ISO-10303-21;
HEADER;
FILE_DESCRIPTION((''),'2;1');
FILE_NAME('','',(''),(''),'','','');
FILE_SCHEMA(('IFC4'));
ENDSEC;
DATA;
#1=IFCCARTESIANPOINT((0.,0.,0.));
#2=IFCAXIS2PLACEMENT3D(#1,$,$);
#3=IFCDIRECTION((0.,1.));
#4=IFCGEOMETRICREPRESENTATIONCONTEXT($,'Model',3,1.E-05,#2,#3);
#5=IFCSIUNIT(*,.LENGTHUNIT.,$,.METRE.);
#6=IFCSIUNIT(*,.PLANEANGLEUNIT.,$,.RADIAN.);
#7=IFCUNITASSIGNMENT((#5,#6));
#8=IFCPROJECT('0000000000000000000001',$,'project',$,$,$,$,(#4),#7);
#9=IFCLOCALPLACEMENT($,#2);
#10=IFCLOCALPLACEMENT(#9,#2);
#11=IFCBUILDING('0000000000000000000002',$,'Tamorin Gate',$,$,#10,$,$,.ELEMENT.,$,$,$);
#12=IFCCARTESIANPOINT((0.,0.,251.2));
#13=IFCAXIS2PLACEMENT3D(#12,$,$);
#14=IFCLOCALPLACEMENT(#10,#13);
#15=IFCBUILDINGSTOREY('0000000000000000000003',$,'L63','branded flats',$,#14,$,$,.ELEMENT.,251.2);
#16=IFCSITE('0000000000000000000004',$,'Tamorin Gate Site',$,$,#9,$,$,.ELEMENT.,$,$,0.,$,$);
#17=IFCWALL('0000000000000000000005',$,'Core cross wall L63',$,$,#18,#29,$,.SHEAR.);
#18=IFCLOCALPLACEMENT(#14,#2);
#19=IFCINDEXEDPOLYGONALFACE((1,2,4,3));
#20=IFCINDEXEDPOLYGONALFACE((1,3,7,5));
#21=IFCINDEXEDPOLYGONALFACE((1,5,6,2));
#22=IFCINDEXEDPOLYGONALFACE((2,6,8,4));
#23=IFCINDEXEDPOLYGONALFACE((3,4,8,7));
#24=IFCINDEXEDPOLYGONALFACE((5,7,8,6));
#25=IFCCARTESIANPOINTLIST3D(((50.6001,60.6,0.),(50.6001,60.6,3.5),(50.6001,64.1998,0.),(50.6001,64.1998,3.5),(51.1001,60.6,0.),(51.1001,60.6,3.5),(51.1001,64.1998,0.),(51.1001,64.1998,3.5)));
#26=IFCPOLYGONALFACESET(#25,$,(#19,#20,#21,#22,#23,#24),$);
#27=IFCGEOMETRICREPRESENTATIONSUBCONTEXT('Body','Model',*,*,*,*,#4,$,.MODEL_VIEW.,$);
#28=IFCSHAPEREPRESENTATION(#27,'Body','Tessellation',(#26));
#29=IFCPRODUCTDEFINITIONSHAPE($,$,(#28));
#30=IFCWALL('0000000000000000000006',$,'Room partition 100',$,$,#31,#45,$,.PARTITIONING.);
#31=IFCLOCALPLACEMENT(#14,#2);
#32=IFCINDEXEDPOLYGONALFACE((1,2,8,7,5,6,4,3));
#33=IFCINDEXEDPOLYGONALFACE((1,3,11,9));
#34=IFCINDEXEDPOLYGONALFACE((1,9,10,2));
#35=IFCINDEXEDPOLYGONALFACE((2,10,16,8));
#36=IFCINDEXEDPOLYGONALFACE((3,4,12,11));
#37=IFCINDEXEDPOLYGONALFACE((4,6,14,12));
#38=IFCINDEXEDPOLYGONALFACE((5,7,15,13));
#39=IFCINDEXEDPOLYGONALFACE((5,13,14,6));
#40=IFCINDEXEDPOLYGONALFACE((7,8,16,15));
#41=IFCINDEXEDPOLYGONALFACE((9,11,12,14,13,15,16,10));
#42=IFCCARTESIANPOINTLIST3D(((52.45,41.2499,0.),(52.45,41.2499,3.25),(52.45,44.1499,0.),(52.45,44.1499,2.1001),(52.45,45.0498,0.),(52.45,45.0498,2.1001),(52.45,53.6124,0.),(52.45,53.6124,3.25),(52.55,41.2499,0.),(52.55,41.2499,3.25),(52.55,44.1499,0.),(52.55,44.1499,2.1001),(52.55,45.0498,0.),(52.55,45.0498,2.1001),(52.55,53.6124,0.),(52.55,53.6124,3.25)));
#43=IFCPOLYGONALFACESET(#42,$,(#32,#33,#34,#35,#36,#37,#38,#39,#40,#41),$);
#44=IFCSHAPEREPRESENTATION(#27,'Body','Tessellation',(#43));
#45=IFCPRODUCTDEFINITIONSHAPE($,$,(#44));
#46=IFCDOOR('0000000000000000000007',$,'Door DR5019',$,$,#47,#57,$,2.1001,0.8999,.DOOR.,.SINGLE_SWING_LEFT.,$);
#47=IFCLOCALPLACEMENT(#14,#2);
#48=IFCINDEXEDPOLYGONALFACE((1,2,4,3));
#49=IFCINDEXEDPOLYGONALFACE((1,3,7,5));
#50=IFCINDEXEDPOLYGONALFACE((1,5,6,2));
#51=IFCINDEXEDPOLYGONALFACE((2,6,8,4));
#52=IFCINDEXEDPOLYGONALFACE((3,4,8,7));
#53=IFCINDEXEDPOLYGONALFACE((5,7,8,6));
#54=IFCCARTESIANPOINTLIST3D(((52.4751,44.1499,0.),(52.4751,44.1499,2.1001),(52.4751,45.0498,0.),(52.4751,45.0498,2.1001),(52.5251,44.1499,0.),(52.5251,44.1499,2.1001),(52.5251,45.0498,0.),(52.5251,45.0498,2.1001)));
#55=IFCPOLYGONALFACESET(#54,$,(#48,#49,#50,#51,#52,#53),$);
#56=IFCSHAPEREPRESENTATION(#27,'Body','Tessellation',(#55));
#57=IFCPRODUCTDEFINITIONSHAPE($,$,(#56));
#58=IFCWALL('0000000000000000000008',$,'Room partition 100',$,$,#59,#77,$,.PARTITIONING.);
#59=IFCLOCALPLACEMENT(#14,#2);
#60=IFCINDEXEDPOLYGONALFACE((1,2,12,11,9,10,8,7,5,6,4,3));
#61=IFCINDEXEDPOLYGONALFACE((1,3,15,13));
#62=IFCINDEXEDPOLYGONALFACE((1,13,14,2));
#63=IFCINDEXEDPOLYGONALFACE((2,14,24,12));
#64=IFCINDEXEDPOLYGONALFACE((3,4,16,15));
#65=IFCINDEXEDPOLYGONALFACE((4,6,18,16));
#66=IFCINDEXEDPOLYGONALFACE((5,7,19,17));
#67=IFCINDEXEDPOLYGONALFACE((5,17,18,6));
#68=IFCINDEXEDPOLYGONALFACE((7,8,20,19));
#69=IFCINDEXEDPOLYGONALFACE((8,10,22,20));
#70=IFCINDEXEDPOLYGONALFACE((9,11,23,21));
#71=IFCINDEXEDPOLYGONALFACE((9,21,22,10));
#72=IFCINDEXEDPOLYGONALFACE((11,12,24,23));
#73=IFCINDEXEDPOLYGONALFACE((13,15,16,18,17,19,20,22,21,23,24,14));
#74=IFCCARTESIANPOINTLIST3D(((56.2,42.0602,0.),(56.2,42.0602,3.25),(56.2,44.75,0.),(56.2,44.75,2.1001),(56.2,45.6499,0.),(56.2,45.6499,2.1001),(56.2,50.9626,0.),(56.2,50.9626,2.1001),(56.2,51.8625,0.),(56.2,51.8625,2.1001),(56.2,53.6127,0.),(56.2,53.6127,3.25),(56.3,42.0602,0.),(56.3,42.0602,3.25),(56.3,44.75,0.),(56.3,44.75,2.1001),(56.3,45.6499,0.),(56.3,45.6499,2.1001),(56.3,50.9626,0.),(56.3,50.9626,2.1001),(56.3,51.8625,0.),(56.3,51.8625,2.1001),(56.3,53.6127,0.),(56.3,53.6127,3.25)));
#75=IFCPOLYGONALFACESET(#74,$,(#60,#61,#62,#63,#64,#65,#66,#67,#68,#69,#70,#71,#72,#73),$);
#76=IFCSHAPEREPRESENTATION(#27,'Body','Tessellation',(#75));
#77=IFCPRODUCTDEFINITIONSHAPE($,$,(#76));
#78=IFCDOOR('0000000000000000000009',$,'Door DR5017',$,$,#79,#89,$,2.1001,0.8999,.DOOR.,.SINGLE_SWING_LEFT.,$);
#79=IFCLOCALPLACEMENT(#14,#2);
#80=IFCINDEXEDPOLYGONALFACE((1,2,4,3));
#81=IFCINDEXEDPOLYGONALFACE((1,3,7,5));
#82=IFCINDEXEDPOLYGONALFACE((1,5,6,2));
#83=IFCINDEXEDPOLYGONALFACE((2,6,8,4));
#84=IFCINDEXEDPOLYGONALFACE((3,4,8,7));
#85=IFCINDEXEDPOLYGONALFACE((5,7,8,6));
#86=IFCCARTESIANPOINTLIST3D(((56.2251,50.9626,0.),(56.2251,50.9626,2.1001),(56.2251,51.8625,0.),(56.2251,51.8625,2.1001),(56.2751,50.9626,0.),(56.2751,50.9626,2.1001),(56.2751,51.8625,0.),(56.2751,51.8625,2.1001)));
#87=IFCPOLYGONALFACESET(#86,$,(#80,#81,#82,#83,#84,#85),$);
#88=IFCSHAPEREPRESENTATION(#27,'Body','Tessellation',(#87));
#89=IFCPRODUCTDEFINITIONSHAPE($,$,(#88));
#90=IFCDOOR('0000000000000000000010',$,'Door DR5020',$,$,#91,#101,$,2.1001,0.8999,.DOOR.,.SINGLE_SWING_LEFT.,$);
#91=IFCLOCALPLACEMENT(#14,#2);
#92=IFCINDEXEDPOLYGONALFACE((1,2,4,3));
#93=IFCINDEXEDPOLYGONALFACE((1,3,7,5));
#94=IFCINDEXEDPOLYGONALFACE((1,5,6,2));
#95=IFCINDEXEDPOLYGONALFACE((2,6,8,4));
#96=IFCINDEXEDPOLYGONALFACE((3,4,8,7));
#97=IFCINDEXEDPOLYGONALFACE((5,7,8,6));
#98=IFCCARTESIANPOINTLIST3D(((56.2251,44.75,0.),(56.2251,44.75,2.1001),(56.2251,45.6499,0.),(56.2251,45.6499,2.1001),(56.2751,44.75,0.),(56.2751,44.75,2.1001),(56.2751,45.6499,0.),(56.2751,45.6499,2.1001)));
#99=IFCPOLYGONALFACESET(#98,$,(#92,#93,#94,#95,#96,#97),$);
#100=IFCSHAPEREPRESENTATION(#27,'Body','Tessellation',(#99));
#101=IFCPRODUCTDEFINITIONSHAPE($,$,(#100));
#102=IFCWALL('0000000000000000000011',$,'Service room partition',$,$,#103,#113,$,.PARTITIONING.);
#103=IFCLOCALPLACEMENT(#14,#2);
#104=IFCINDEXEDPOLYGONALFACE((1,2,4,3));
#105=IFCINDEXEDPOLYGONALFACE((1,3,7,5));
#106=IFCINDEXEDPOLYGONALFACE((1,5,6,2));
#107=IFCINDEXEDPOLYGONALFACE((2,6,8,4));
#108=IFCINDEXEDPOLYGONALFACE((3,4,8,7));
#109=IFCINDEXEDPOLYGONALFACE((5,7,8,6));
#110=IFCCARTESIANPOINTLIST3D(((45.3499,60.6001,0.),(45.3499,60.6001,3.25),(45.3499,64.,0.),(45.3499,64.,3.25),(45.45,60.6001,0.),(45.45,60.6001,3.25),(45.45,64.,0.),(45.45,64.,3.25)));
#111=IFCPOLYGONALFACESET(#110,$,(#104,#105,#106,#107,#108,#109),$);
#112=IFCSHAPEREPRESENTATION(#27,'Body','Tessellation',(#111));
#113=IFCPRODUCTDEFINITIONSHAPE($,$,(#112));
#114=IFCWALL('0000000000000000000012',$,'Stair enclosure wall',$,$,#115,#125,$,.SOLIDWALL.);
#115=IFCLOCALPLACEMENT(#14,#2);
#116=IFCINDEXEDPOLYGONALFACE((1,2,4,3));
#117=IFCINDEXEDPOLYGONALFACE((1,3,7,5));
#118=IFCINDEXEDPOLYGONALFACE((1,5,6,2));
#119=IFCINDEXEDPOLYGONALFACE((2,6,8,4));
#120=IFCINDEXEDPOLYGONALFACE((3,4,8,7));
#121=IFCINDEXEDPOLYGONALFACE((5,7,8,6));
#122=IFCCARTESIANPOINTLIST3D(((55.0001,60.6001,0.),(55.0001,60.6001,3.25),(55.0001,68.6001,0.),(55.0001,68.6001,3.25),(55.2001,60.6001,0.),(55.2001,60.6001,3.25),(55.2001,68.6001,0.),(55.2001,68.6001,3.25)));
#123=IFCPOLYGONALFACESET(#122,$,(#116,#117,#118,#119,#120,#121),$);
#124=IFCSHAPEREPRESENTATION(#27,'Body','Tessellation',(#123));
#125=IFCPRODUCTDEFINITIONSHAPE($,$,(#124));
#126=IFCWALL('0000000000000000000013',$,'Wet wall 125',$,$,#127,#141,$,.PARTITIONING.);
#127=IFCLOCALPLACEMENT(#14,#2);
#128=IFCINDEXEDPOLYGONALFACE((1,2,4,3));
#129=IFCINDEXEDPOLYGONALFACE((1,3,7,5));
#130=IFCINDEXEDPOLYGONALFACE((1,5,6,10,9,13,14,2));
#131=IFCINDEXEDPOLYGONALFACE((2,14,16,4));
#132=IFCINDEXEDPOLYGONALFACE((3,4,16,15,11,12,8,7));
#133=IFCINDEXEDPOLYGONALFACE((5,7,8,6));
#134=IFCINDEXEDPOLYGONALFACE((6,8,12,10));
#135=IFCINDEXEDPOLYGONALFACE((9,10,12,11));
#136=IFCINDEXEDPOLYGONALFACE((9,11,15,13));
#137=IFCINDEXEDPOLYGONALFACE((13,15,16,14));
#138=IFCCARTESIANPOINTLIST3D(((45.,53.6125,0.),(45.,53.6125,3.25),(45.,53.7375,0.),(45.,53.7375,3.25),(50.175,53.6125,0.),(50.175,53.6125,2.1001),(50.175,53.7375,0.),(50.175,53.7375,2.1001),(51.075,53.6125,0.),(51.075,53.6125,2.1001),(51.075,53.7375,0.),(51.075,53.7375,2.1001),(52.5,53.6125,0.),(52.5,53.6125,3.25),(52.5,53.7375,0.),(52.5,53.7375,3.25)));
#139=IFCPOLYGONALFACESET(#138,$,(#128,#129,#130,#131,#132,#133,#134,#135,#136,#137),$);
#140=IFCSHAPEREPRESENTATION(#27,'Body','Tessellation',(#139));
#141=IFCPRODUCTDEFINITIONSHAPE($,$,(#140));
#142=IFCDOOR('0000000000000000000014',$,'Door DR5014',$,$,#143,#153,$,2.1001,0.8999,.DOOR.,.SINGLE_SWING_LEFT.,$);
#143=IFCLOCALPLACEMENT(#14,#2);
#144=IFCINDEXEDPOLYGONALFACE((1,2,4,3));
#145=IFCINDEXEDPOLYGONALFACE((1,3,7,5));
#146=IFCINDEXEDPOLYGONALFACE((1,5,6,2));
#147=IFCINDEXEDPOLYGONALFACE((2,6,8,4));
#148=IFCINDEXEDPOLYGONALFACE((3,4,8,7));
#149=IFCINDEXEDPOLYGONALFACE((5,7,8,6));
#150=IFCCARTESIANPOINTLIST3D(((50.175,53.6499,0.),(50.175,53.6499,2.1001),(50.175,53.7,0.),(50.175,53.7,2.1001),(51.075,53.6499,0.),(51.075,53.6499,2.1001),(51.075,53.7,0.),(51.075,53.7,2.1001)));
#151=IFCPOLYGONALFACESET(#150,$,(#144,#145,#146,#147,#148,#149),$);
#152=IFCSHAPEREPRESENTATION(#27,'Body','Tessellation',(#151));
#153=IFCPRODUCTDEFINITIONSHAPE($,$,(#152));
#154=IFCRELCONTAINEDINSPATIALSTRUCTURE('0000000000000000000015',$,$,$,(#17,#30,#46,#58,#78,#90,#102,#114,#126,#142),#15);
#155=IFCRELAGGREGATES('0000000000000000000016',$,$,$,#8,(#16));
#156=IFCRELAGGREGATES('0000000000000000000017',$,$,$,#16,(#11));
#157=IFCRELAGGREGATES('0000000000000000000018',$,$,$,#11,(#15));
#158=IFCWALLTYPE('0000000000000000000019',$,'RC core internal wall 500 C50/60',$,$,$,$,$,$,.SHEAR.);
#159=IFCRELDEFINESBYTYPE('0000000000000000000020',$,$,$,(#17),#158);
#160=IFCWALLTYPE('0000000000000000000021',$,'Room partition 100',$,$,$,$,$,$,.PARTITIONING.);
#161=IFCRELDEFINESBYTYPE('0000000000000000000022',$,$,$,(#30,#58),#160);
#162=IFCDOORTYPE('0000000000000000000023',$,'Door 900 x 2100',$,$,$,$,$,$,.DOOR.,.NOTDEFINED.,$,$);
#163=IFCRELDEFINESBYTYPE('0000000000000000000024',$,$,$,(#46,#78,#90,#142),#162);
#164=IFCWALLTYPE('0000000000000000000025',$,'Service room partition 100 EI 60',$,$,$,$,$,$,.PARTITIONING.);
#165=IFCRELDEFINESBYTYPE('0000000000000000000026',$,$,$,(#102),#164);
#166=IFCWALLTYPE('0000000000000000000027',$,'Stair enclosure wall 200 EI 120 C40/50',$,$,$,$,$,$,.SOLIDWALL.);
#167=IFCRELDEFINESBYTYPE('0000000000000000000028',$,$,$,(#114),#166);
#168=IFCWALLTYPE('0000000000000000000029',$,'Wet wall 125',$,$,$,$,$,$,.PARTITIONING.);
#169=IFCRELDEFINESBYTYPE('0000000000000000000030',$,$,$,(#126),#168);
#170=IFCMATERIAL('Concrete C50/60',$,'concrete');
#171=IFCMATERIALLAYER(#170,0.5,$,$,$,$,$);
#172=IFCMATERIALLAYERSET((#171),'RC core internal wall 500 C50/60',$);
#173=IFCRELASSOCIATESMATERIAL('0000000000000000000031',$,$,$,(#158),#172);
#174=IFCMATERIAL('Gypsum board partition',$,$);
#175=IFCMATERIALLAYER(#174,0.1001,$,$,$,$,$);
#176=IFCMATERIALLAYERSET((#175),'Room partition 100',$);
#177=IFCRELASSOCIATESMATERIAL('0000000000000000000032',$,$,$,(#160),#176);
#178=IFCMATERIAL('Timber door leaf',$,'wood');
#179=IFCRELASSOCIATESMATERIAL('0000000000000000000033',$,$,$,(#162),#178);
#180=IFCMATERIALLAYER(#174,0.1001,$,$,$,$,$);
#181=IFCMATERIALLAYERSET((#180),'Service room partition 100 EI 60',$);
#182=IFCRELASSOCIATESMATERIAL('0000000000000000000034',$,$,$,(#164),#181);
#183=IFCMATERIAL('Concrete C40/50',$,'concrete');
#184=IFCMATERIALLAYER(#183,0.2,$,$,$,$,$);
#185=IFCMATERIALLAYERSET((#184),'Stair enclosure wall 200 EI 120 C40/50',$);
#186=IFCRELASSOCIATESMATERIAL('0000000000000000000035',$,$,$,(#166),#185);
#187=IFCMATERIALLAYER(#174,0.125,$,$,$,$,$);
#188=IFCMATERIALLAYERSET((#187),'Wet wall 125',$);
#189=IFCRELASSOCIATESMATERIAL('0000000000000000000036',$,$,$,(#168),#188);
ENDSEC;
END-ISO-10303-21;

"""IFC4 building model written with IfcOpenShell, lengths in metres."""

from ifc_helpers import new_model, si_unit, direction, frame, frame_2d, origin, place, context, subcontext, project, spatial, rectangle, extrude, material, layer, layer_set, type_object, element, fill, save


model = new_model("IFC4")

# Units and contexts
model_context = context("Model", 3, precision=1e-05, world=origin(), true_north=direction((0.0, 1.0)))
body_context = subcontext(model_context, "Body", "Model", "MODEL_VIEW")
ifc_project = project(units=[si_unit("LENGTHUNIT", "METRE"), si_unit("PLANEANGLEUNIT", "RADIAN")], contexts=[model_context])

# Site, building, storey
site_placement = place(None, origin())
site = spatial("IfcSite", under=ifc_project, at=site_placement, Name="Tamorin Gate Site", CompositionType="ELEMENT", RefElevation=0.0)
building_placement = place(site_placement, origin())
building = spatial("IfcBuilding", under=site, at=building_placement, Name="Tamorin Gate", CompositionType="ELEMENT")
storey_placement = place(building_placement, frame((0.0, 0.0, 251.2)))
storey = spatial("IfcBuildingStorey", under=building, at=storey_placement, Name="L63", Description="branded flats", CompositionType="ELEMENT", Elevation=251.2)

# Shared definitions
ifc_material_1 = material(Name="Concrete C50/60", Category="concrete")

# Wall
ifc_material_2 = material(Name="Gypsum board partition")
ifc_layer_1 = layer(ifc_material_1, 0.5)
ifc_layer_set_1 = layer_set([ifc_layer_1], Name="RC core internal wall 500 C50/60")
wall_type_1 = type_object("IfcWallType", Name="RC core internal wall 500 C50/60", PredefinedType="SHEAR", material=ifc_layer_set_1)
wall_1_placement = place(storey_placement, frame((50.8501, 60.6001, 0.0), z_axis=(0.0, 0.0, 1.0), x_axis=(0.0, 1.0, 0.0)))
element("IfcWall", 1, at=wall_1_placement, inside=storey, type_object=wall_type_1, Name="Core cross wall L63", PredefinedType="SHEAR", context=body_context, shape_type="SweptSolid", body=[
    extrude(rectangle(XDim=3.5999, YDim=0.5, at=frame_2d((1.7998, 0.0))), origin(), (0.0, 0.0, 1.0), 3.5),
])

# Wall, opening, door
ifc_layer_2 = layer(ifc_material_2, 0.1001)
ifc_layer_set_2 = layer_set([ifc_layer_2], Name="Room partition 100")
wall_type_2 = type_object("IfcWallType", Name="Room partition 100", PredefinedType="PARTITIONING", material=ifc_layer_set_2)
wall_2_placement = place(storey_placement, frame((52.5, 41.25, 0.0), z_axis=(0.0, 0.0, 1.0), x_axis=(0.0, 1.0, 0.0)))
wall_2 = element("IfcWall", 2, at=wall_2_placement, inside=storey, type_object=wall_type_2, Name="Room partition 100", PredefinedType="PARTITIONING", context=body_context, shape_type="SweptSolid", body=[
    extrude(rectangle(XDim=12.3625, YDim=0.1001, at=frame_2d((6.1812, 0.0))), origin(), (0.0, 0.0, 1.0), 3.25),
])
opening_1_placement = place(wall_2_placement, frame((2.8999, 0.0, 0.0)))
opening_1 = element("IfcOpeningElement", 3, at=opening_1_placement, cuts=wall_2, PredefinedType="OPENING", context=body_context, shape_type="SweptSolid", body=[
    extrude(rectangle(XDim=0.8999, YDim=2.1001, at=frame_2d((0.45, 1.05))), frame((0.0, 0.0601, 0.0), z_axis=(0.0, -1.0, 0.0), x_axis=(1.0, 0.0, 0.0)), (0.0, 0.0, 1.0), 0.1201),
])
ifc_material_3 = material(Name="Timber door leaf", Category="wood")
door_type = type_object("IfcDoorType", Name="Door 900 x 2100", OperationType="NOTDEFINED", PredefinedType="DOOR", material=ifc_material_3)
door_1_placement = place(opening_1_placement, origin())
door_1 = element("IfcDoor", 4, at=door_1_placement, inside=storey, type_object=door_type, Name="Door DR5019", OperationType="SINGLE_SWING_LEFT", OverallHeight=2.1001, OverallWidth=0.8999, PredefinedType="DOOR", context=body_context, shape_type="SweptSolid", body=[
    extrude(rectangle(XDim=0.8999, YDim=2.1001, at=frame_2d((0.45, 1.05))), frame((0.0, 0.0249, 0.0), z_axis=(0.0, -1.0, 0.0), x_axis=(1.0, 0.0, 0.0)), (0.0, 0.0, 1.0), 0.05),
])
fill(opening_1, door_1)

# Wall, openings, doors
wall_3_placement = place(storey_placement, frame((56.25, 42.0601, 0.0), z_axis=(0.0, 0.0, 1.0), x_axis=(0.0, 1.0, 0.0)))
wall_3 = element("IfcWall", 5, at=wall_3_placement, inside=storey, type_object=wall_type_2, Name="Room partition 100", PredefinedType="PARTITIONING", context=body_context, shape_type="SweptSolid", body=[
    extrude(rectangle(XDim=11.5525, YDim=0.1001, at=frame_2d((5.7764, 0.0))), origin(), (0.0, 0.0, 1.0), 3.25),
])
opening_2_placement = place(wall_3_placement, frame((8.9026, 0.0, 0.0)))
opening_2 = element("IfcOpeningElement", 6, at=opening_2_placement, cuts=wall_3, PredefinedType="OPENING", context=body_context, shape_type="SweptSolid", body=[
    extrude(rectangle(XDim=0.8999, YDim=2.1001, at=frame_2d((0.45, 1.05))), frame((0.0, 0.0601, 0.0), z_axis=(0.0, -1.0, 0.0), x_axis=(1.0, 0.0, 0.0)), (0.0, 0.0, 1.0), 0.1201),
])
opening_3_placement = place(wall_3_placement, frame((2.6899, 0.0, 0.0)))
opening_3 = element("IfcOpeningElement", 7, at=opening_3_placement, cuts=wall_3, PredefinedType="OPENING", context=body_context, shape_type="SweptSolid", body=[
    extrude(rectangle(XDim=0.8999, YDim=2.1001, at=frame_2d((0.45, 1.05))), frame((0.0, 0.0601, 0.0), z_axis=(0.0, -1.0, 0.0), x_axis=(1.0, 0.0, 0.0)), (0.0, 0.0, 1.0), 0.1201),
])
door_2_placement = place(opening_2_placement, origin())
door_2 = element("IfcDoor", 8, at=door_2_placement, inside=storey, type_object=door_type, Name="Door DR5017", OperationType="SINGLE_SWING_LEFT", OverallHeight=2.1001, OverallWidth=0.8999, PredefinedType="DOOR", context=body_context, shape_type="SweptSolid", body=[
    extrude(rectangle(XDim=0.8999, YDim=2.1001, at=frame_2d((0.45, 1.05))), frame((0.0, 0.0249, 0.0), z_axis=(0.0, -1.0, 0.0), x_axis=(1.0, 0.0, 0.0)), (0.0, 0.0, 1.0), 0.05),
])
fill(opening_2, door_2)
door_3_placement = place(opening_3_placement, origin())
door_3 = element("IfcDoor", 9, at=door_3_placement, inside=storey, type_object=door_type, Name="Door DR5020", OperationType="SINGLE_SWING_LEFT", OverallHeight=2.1001, OverallWidth=0.8999, PredefinedType="DOOR", context=body_context, shape_type="SweptSolid", body=[
    extrude(rectangle(XDim=0.8999, YDim=2.1001, at=frame_2d((0.45, 1.05))), frame((0.0, 0.0249, 0.0), z_axis=(0.0, -1.0, 0.0), x_axis=(1.0, 0.0, 0.0)), (0.0, 0.0, 1.0), 0.05),
])
fill(opening_3, door_3)

# Walls
ifc_layer_3 = layer(ifc_material_2, 0.1001)
ifc_layer_set_3 = layer_set([ifc_layer_3], Name="Service room partition 100 EI 60")
wall_type_3 = type_object("IfcWallType", Name="Service room partition 100 EI 60", PredefinedType="PARTITIONING", material=ifc_layer_set_3)
wall_4_placement = place(storey_placement, frame((45.3999, 60.6001, 0.0), z_axis=(0.0, 0.0, 1.0), x_axis=(0.0, 1.0, 0.0)))
element("IfcWall", 10, at=wall_4_placement, inside=storey, type_object=wall_type_3, Name="Service room partition", PredefinedType="PARTITIONING", context=body_context, shape_type="SweptSolid", body=[
    extrude(rectangle(XDim=3.3999, YDim=0.1001, at=frame_2d((1.7, 0.0))), origin(), (0.0, 0.0, 1.0), 3.25),
])
ifc_material_4 = material(Name="Concrete C40/50", Category="concrete")
ifc_layer_4 = layer(ifc_material_4, 0.2)
ifc_layer_set_4 = layer_set([ifc_layer_4], Name="Stair enclosure wall 200 EI 120 C40/50")
wall_type_4 = type_object("IfcWallType", Name="Stair enclosure wall 200 EI 120 C40/50", PredefinedType="SOLIDWALL", material=ifc_layer_set_4)
wall_5_placement = place(storey_placement, frame((55.1001, 60.6001, 0.0), z_axis=(0.0, 0.0, 1.0), x_axis=(0.0, 1.0, 0.0)))
element("IfcWall", 11, at=wall_5_placement, inside=storey, type_object=wall_type_4, Name="Stair enclosure wall", PredefinedType="SOLIDWALL", context=body_context, shape_type="SweptSolid", body=[
    extrude(rectangle(XDim=8.0, YDim=0.2, at=frame_2d((4.0, 0.0))), origin(), (0.0, 0.0, 1.0), 3.25),
])

# Wall, opening, door
ifc_layer_5 = layer(ifc_material_2, 0.125)
ifc_layer_set_5 = layer_set([ifc_layer_5], Name="Wet wall 125")
wall_type_5 = type_object("IfcWallType", Name="Wet wall 125", PredefinedType="PARTITIONING", material=ifc_layer_set_5)
wall_6_placement = place(storey_placement, frame((45.0, 53.675, 0.0), z_axis=(0.0, 0.0, 1.0), x_axis=(1.0, 0.0, 0.0)))
wall_6 = element("IfcWall", 12, at=wall_6_placement, inside=storey, type_object=wall_type_5, Name="Wet wall 125", PredefinedType="PARTITIONING", context=body_context, shape_type="SweptSolid", body=[
    extrude(rectangle(XDim=7.5, YDim=0.125, at=frame_2d((3.75, 0.0))), origin(), (0.0, 0.0, 1.0), 3.25),
])
opening_4_placement = place(wall_6_placement, frame((5.175, 0.0, 0.0)))
opening_4 = element("IfcOpeningElement", 13, at=opening_4_placement, cuts=wall_6, PredefinedType="OPENING", context=body_context, shape_type="SweptSolid", body=[
    extrude(rectangle(XDim=0.8999, YDim=2.1001, at=frame_2d((0.45, 1.05))), frame((0.0, 0.0725, 0.0), z_axis=(0.0, -1.0, 0.0), x_axis=(1.0, 0.0, 0.0)), (0.0, 0.0, 1.0), 0.145),
])
door_4_placement = place(opening_4_placement, origin())
door_4 = element("IfcDoor", 14, at=door_4_placement, inside=storey, type_object=door_type, Name="Door DR5014", OperationType="SINGLE_SWING_LEFT", OverallHeight=2.1001, OverallWidth=0.8999, PredefinedType="DOOR", context=body_context, shape_type="SweptSolid", body=[
    extrude(rectangle(XDim=0.8999, YDim=2.1001, at=frame_2d((0.45, 1.05))), frame((0.0, 0.0249, 0.0), z_axis=(0.0, -1.0, 0.0), x_axis=(1.0, 0.0, 0.0)), (0.0, 0.0, 1.0), 0.05),
])
fill(opening_4, door_4)

save(model, "model.ifc")
